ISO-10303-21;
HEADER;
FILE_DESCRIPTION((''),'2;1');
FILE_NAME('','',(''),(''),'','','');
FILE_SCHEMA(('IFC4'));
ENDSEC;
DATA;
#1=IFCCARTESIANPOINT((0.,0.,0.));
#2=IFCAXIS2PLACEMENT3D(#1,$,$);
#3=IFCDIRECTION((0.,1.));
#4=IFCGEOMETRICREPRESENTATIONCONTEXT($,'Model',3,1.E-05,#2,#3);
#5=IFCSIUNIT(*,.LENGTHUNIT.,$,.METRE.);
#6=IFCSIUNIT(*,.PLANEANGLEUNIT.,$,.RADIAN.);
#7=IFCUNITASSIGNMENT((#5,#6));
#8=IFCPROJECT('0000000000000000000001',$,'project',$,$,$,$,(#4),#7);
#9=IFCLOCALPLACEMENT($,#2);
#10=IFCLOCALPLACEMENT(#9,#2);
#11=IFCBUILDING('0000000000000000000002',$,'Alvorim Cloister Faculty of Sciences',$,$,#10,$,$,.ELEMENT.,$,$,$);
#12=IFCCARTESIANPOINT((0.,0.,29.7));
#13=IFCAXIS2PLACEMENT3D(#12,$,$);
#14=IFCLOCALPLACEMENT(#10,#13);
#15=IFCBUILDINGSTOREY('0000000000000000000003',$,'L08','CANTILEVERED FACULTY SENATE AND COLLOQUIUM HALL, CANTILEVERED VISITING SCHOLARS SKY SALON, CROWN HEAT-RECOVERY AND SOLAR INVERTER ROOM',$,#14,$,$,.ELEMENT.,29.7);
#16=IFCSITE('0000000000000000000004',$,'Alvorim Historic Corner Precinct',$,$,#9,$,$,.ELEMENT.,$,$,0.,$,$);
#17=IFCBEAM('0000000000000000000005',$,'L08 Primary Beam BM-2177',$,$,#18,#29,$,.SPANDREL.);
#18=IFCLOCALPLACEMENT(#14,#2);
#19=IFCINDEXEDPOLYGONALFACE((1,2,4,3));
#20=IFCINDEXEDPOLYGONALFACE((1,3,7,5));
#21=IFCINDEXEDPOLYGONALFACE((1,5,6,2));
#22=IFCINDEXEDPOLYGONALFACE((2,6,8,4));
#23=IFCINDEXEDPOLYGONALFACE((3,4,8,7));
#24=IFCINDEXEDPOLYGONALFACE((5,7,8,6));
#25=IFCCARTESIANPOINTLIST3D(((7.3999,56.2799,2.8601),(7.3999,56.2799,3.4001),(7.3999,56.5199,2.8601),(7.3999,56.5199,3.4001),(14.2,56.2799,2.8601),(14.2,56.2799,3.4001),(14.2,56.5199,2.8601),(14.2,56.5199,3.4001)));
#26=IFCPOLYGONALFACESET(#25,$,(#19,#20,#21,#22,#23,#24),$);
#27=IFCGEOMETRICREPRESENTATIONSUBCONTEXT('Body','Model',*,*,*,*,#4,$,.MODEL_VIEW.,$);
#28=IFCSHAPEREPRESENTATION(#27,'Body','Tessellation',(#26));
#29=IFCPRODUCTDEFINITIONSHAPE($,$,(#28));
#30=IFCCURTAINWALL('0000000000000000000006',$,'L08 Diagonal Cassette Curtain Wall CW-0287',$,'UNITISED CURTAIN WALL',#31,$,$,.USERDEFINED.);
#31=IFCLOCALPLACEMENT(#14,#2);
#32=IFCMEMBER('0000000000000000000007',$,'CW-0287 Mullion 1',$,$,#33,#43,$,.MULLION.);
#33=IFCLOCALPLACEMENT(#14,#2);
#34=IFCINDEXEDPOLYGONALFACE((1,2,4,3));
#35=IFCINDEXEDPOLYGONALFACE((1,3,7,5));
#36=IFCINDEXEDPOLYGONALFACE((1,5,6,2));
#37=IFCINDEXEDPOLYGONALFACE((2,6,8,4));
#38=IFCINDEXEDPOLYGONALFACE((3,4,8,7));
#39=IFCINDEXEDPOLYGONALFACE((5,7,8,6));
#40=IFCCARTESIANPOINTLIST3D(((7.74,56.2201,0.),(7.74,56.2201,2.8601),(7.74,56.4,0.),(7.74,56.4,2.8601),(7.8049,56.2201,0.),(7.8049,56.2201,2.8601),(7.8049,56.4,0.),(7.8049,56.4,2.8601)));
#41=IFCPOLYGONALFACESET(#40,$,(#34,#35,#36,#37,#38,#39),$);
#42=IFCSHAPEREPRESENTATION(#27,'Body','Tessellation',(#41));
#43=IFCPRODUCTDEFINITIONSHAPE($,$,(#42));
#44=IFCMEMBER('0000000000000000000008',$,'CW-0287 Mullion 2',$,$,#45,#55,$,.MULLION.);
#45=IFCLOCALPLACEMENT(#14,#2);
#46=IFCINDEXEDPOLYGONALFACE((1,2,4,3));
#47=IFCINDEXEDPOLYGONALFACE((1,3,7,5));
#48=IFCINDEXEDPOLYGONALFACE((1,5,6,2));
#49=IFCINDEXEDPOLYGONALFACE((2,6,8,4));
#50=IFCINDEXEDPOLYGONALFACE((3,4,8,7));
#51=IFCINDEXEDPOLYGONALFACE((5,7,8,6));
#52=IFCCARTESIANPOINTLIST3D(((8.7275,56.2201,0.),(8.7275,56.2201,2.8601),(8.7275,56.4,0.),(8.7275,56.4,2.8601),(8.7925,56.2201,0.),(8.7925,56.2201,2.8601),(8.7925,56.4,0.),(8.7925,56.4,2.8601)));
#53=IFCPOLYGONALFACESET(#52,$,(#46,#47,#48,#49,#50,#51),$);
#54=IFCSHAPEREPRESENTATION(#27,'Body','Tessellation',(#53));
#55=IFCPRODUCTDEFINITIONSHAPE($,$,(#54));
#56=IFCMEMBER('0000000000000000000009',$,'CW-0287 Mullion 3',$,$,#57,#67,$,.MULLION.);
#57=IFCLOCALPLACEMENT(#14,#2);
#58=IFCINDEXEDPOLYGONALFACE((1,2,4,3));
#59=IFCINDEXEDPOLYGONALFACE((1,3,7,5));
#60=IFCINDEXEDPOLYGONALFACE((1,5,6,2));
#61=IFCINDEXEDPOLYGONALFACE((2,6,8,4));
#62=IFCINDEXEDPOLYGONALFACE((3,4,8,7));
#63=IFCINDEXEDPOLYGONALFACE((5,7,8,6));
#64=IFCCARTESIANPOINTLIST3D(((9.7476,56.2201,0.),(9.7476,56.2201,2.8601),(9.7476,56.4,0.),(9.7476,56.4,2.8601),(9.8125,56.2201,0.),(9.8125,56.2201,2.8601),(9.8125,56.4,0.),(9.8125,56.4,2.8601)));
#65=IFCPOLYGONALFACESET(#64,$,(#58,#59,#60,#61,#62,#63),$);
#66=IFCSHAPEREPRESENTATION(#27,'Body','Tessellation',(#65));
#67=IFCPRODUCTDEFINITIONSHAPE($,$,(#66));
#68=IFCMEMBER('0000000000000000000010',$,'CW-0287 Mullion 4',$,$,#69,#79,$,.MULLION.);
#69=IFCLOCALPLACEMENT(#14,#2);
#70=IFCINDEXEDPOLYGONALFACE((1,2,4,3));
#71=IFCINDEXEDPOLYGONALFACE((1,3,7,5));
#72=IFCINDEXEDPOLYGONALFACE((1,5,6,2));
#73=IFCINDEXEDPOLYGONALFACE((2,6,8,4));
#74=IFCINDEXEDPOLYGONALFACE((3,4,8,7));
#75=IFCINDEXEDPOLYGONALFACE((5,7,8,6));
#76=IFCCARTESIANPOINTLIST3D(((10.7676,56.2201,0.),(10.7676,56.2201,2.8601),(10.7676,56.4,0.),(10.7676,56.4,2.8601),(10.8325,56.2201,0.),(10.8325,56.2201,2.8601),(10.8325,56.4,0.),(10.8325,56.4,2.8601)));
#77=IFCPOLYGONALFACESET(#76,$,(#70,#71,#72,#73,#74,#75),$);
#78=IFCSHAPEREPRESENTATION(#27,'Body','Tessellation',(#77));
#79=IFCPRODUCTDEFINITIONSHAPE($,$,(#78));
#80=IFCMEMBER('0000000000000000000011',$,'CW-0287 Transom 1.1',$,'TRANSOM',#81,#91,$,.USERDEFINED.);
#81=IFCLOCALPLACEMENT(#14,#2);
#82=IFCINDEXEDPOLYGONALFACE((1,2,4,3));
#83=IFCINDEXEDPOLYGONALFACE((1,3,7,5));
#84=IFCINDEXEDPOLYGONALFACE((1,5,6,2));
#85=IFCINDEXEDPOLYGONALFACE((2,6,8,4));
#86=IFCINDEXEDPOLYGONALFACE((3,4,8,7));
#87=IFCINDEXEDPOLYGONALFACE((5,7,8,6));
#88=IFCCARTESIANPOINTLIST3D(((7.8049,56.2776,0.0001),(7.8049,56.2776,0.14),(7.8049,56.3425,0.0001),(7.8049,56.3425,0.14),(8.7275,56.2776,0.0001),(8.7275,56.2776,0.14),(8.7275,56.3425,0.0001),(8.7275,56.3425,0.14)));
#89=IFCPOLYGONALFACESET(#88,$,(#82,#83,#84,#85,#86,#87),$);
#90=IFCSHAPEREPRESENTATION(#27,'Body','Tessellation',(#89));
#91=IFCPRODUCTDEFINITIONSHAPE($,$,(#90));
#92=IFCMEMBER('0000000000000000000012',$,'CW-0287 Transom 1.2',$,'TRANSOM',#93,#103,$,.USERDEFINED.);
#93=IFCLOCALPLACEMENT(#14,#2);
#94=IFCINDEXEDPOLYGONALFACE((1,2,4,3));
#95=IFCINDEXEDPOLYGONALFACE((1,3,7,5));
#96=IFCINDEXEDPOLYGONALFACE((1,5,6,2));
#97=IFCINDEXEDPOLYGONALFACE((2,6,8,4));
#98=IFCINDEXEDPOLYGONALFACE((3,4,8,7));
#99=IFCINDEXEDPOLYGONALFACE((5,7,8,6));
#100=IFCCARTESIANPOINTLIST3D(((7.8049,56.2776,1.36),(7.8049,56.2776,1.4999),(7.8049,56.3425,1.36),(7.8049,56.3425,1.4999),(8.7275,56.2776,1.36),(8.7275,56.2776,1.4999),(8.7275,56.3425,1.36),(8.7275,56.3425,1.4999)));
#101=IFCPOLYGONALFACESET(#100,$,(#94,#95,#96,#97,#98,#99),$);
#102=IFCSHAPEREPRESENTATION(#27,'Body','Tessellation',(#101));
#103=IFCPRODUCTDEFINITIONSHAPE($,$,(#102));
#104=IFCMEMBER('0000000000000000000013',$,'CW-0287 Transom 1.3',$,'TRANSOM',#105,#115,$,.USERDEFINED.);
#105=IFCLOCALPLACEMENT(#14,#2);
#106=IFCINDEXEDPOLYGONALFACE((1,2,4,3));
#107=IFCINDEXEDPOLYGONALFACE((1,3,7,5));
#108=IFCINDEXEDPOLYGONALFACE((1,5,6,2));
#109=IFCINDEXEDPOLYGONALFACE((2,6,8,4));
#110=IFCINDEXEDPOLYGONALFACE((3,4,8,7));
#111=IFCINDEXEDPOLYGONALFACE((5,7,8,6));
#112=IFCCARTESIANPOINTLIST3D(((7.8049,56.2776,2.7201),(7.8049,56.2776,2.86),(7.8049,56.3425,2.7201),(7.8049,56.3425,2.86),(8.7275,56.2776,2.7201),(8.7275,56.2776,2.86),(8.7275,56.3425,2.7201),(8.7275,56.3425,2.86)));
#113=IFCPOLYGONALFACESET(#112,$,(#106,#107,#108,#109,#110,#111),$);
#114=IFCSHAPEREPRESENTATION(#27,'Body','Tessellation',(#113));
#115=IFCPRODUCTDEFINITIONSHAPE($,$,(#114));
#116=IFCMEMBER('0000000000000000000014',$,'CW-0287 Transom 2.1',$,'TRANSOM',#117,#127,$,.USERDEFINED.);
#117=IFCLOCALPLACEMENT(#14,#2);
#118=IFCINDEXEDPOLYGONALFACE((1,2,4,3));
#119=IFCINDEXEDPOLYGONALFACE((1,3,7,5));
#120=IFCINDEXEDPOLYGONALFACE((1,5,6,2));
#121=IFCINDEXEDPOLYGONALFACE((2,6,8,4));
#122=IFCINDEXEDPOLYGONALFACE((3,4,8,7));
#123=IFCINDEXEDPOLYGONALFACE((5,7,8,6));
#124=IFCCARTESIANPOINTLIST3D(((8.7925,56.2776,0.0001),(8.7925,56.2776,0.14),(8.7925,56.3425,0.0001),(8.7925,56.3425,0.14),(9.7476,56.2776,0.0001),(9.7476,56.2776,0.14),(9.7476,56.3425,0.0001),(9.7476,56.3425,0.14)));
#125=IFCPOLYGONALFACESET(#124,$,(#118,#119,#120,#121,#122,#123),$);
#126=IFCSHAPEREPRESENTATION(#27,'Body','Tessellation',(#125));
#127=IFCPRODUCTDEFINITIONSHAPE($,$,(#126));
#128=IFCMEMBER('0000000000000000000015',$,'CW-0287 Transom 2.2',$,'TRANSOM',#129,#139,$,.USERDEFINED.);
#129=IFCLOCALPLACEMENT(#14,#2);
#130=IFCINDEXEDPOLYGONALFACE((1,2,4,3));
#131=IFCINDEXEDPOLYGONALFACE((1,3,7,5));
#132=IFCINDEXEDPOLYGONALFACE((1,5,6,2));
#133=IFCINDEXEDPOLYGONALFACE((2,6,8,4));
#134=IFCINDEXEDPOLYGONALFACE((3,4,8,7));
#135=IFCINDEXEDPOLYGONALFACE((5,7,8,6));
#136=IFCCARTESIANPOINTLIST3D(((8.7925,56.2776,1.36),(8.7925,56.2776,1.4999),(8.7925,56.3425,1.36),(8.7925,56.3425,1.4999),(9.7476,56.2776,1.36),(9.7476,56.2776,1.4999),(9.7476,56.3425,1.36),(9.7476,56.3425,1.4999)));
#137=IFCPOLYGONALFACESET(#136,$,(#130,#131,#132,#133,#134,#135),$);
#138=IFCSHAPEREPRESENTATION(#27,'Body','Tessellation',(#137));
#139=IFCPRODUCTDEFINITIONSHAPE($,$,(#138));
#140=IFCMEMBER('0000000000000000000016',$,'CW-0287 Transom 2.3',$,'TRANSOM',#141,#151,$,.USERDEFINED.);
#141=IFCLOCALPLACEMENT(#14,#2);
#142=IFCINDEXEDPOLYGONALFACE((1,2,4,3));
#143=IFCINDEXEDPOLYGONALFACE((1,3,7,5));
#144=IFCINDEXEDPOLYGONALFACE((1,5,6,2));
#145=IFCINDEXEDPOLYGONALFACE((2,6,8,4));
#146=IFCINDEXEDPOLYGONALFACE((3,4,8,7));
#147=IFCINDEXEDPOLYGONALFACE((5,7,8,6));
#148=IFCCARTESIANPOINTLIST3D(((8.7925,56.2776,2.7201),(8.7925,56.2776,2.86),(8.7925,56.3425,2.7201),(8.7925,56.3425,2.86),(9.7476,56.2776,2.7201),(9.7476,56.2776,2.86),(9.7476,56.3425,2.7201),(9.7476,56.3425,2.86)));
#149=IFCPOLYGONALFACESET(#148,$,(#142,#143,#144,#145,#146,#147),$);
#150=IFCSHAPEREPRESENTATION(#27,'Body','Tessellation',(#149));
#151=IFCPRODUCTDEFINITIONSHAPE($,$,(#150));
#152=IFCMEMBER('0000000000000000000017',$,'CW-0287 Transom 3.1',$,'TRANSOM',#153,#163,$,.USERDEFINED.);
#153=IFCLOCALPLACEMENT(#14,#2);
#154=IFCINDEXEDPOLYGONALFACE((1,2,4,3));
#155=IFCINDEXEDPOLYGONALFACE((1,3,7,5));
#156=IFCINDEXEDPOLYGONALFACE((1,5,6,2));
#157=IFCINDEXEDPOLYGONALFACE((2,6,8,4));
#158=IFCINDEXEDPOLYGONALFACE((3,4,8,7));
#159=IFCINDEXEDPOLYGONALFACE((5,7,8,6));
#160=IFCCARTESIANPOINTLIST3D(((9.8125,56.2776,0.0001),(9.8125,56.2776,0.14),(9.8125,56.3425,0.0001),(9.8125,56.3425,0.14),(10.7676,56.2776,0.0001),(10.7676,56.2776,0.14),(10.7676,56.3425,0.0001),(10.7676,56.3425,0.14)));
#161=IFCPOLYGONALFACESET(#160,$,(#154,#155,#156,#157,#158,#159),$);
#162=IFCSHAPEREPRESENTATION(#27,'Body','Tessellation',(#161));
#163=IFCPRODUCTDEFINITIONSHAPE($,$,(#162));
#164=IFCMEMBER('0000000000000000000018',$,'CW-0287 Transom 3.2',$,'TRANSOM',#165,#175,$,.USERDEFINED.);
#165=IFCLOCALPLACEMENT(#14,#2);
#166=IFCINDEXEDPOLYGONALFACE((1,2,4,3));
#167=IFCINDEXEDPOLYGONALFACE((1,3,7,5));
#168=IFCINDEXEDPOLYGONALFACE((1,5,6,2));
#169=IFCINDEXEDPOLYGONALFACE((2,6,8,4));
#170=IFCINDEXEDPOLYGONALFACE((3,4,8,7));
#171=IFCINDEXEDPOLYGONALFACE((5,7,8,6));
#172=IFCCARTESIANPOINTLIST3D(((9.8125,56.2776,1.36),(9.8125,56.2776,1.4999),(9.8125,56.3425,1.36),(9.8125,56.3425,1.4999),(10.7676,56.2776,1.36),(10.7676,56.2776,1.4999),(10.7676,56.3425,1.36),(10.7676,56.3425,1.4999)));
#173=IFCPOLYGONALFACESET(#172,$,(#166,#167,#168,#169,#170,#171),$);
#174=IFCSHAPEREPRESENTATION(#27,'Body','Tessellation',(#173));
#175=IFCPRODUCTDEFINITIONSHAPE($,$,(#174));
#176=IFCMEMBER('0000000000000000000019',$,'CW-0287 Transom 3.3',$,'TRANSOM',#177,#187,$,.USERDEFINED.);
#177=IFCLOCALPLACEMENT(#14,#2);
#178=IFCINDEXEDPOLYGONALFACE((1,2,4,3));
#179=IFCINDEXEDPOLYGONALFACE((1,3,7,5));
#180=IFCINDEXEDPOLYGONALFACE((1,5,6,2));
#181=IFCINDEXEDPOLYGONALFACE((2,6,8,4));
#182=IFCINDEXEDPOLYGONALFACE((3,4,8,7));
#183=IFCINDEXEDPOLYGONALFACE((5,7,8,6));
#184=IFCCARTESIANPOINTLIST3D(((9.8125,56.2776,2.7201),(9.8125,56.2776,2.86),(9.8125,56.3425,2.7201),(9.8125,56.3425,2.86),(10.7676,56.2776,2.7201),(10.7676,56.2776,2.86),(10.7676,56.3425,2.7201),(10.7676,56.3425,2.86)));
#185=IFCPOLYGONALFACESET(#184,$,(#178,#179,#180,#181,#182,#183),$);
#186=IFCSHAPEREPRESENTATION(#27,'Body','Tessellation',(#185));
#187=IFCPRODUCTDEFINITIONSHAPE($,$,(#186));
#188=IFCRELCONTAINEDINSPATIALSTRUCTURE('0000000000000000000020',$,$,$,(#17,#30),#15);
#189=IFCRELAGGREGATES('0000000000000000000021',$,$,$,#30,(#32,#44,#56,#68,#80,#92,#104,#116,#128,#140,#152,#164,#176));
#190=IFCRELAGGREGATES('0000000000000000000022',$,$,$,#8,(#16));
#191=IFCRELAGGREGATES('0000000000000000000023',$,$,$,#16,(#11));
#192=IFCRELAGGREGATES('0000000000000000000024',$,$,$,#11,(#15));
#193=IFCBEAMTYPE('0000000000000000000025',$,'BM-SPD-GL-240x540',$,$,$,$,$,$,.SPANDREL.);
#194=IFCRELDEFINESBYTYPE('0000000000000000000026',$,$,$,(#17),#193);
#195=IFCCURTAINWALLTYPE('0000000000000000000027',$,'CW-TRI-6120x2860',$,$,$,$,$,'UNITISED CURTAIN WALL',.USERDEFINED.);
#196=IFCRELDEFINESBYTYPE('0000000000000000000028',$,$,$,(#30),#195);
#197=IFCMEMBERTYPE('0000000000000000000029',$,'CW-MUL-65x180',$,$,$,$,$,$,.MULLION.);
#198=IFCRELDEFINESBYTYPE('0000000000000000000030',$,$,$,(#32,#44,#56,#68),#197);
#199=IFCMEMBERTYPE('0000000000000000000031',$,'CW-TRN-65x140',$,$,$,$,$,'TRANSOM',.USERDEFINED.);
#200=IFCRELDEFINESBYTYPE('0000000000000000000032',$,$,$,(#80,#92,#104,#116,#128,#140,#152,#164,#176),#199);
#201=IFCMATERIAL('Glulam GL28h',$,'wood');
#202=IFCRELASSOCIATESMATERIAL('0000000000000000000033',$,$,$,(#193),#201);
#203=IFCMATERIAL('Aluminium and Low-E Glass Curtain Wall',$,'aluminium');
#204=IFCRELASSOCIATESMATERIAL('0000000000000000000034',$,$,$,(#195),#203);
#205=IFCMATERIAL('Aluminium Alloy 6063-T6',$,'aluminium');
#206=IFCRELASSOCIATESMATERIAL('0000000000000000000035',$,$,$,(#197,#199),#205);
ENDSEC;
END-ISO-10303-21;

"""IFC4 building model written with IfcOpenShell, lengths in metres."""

from ifc_helpers import new_model, si_unit, direction, frame, origin, origin_2d, place, context, subcontext, project, spatial, rectangle, extrude, material, material_profile, profile_set, type_object, element, aggregate, save


model = new_model("IFC4")

# Units and contexts
model_context = context("Model", 3, precision=1e-05, world=origin(), true_north=direction((0.0, 1.0)))
body_context = subcontext(model_context, "Body", "Model", "MODEL_VIEW")
ifc_project = project(units=[si_unit("LENGTHUNIT", "METRE"), si_unit("PLANEANGLEUNIT", "RADIAN")], contexts=[model_context])

# Site, building, storey
site_placement = place(None, origin())
site = spatial("IfcSite", under=ifc_project, at=site_placement, Name="Alvorim Historic Corner Precinct", CompositionType="ELEMENT", RefElevation=0.0)
building_placement = place(site_placement, origin())
building = spatial("IfcBuilding", under=site, at=building_placement, Name="Alvorim Cloister Faculty of Sciences", CompositionType="ELEMENT")
storey_placement = place(building_placement, frame((0.0, 0.0, 29.7)))
storey = spatial("IfcBuildingStorey", under=building, at=storey_placement, Name="L08", Description="CANTILEVERED FACULTY SENATE AND COLLOQUIUM HALL, CANTILEVERED VISITING SCHOLARS SKY SALON, CROWN HEAT-RECOVERY AND SOLAR INVERTER ROOM", CompositionType="ELEMENT", Elevation=29.7)

# Beam
ifc_material_1 = material(Name="Glulam GL28h", Category="wood")
ifc_material_profile_1 = material_profile(ifc_material_1, rectangle(XDim=0.24, YDim=0.54, at=origin_2d()), Name="GL28-SPD-240x540")
ifc_profile_set_1 = profile_set([ifc_material_profile_1], Name="Glulam GL28h")
beam_type = type_object("IfcBeamType", Name="BM-SPD-GL-240x540", PredefinedType="SPANDREL", material=ifc_profile_set_1)
beam_placement = place(storey_placement, frame((7.3999, 56.3999, 3.1301), z_axis=(1.0, 0.0, 0.0), x_axis=(0.0, 1.0, 0.0)))
element("IfcBeam", 1, at=beam_placement, inside=storey, type_object=beam_type, Name="L08 Primary Beam BM-2177", PredefinedType="SPANDREL", context=body_context, shape_type="SweptSolid", body=[
    extrude(rectangle(XDim=0.24, YDim=0.54, at=origin_2d()), origin(), (0.0, 0.0, 1.0), 6.8),
])

# Curtain wall, members
ifc_material_2 = material(Name="Aluminium and Low-E Glass Curtain Wall", Category="aluminium")
curtain_wall_type = type_object("IfcCurtainWallType", Name="CW-TRI-6120x2860", ElementType="UNITISED CURTAIN WALL", PredefinedType="USERDEFINED", material=ifc_material_2)
curtain_wall_placement = place(storey_placement, origin())
curtain_wall = element("IfcCurtainWall", 2, at=curtain_wall_placement, inside=storey, type_object=curtain_wall_type, Name="L08 Diagonal Cassette Curtain Wall CW-0287", ObjectType="UNITISED CURTAIN WALL", PredefinedType="USERDEFINED")
ifc_material_3 = material(Name="Aluminium Alloy 6063-T6", Category="aluminium")
ifc_material_profile_2 = material_profile(ifc_material_3, rectangle(XDim=0.0649, YDim=0.1799, at=origin_2d()), Name="ALU-MUL-65x180")
ifc_profile_set_2 = profile_set([ifc_material_profile_2], Name="Aluminium Alloy 6063-T6")
member_type_1 = type_object("IfcMemberType", Name="CW-MUL-65x180", PredefinedType="MULLION", material=ifc_profile_set_2)
member_1_placement = place(storey_placement, frame((7.7725, 56.3101, 0.0), z_axis=(0.0, 0.0, 1.0), x_axis=(1.0, 0.0, 0.0)))
member_1 = element("IfcMember", 3, at=member_1_placement, type_object=member_type_1, Name="CW-0287 Mullion 1", PredefinedType="MULLION", context=body_context, shape_type="SweptSolid", body=[
    extrude(rectangle(XDim=0.0649, YDim=0.1799, at=origin_2d()), origin(), (0.0, 0.0, 1.0), 2.8601),
])
member_2_placement = place(storey_placement, frame((8.76, 56.3101, 0.0), z_axis=(0.0, 0.0, 1.0), x_axis=(1.0, 0.0, 0.0)))
member_2 = element("IfcMember", 4, at=member_2_placement, type_object=member_type_1, Name="CW-0287 Mullion 2", PredefinedType="MULLION", context=body_context, shape_type="SweptSolid", body=[
    extrude(rectangle(XDim=0.0649, YDim=0.1799, at=origin_2d()), origin(), (0.0, 0.0, 1.0), 2.8601),
])
member_3_placement = place(storey_placement, frame((9.78, 56.3101, 0.0), z_axis=(0.0, 0.0, 1.0), x_axis=(1.0, 0.0, 0.0)))
member_3 = element("IfcMember", 5, at=member_3_placement, type_object=member_type_1, Name="CW-0287 Mullion 3", PredefinedType="MULLION", context=body_context, shape_type="SweptSolid", body=[
    extrude(rectangle(XDim=0.0649, YDim=0.1799, at=origin_2d()), origin(), (0.0, 0.0, 1.0), 2.8601),
])
member_4_placement = place(storey_placement, frame((10.8, 56.3101, 0.0), z_axis=(0.0, 0.0, 1.0), x_axis=(1.0, 0.0, 0.0)))
member_4 = element("IfcMember", 6, at=member_4_placement, type_object=member_type_1, Name="CW-0287 Mullion 4", PredefinedType="MULLION", context=body_context, shape_type="SweptSolid", body=[
    extrude(rectangle(XDim=0.0649, YDim=0.1799, at=origin_2d()), origin(), (0.0, 0.0, 1.0), 2.8601),
])
ifc_material_profile_3 = material_profile(ifc_material_3, rectangle(XDim=0.0649, YDim=0.1399, at=origin_2d()), Name="ALU-TRN-65x140")
ifc_profile_set_3 = profile_set([ifc_material_profile_3], Name="Aluminium Alloy 6063-T6")
member_type_2 = type_object("IfcMemberType", Name="CW-TRN-65x140", ElementType="TRANSOM", PredefinedType="USERDEFINED", material=ifc_profile_set_3)
member_5_placement = place(storey_placement, frame((7.8049, 56.3101, 0.0701), z_axis=(1.0, 0.0, 0.0), x_axis=(0.0, 1.0, 0.0)))
member_5 = element("IfcMember", 7, at=member_5_placement, type_object=member_type_2, Name="CW-0287 Transom 1.1", ObjectType="TRANSOM", PredefinedType="USERDEFINED", context=body_context, shape_type="SweptSolid", body=[
    extrude(rectangle(XDim=0.0649, YDim=0.1399, at=origin_2d()), origin(), (0.0, 0.0, 1.0), 0.9226),
])
member_6_placement = place(storey_placement, frame((7.8049, 56.3101, 1.4299), z_axis=(1.0, 0.0, 0.0), x_axis=(0.0, 1.0, 0.0)))
member_6 = element("IfcMember", 8, at=member_6_placement, type_object=member_type_2, Name="CW-0287 Transom 1.2", ObjectType="TRANSOM", PredefinedType="USERDEFINED", context=body_context, shape_type="SweptSolid", body=[
    extrude(rectangle(XDim=0.0649, YDim=0.1399, at=origin_2d()), origin(), (0.0, 0.0, 1.0), 0.9226),
])
member_7_placement = place(storey_placement, frame((7.8049, 56.3101, 2.79), z_axis=(1.0, 0.0, 0.0), x_axis=(0.0, 1.0, 0.0)))
member_7 = element("IfcMember", 9, at=member_7_placement, type_object=member_type_2, Name="CW-0287 Transom 1.3", ObjectType="TRANSOM", PredefinedType="USERDEFINED", context=body_context, shape_type="SweptSolid", body=[
    extrude(rectangle(XDim=0.0649, YDim=0.1399, at=origin_2d()), origin(), (0.0, 0.0, 1.0), 0.9226),
])
member_8_placement = place(storey_placement, frame((8.7925, 56.3101, 0.0701), z_axis=(1.0, 0.0, 0.0), x_axis=(0.0, 1.0, 0.0)))
member_8 = element("IfcMember", 10, at=member_8_placement, type_object=member_type_2, Name="CW-0287 Transom 2.1", ObjectType="TRANSOM", PredefinedType="USERDEFINED", context=body_context, shape_type="SweptSolid", body=[
    extrude(rectangle(XDim=0.0649, YDim=0.1399, at=origin_2d()), origin(), (0.0, 0.0, 1.0), 0.9551),
])
member_9_placement = place(storey_placement, frame((8.7925, 56.3101, 1.4299), z_axis=(1.0, 0.0, 0.0), x_axis=(0.0, 1.0, 0.0)))
member_9 = element("IfcMember", 11, at=member_9_placement, type_object=member_type_2, Name="CW-0287 Transom 2.2", ObjectType="TRANSOM", PredefinedType="USERDEFINED", context=body_context, shape_type="SweptSolid", body=[
    extrude(rectangle(XDim=0.0649, YDim=0.1399, at=origin_2d()), origin(), (0.0, 0.0, 1.0), 0.9551),
])
member_10_placement = place(storey_placement, frame((8.7925, 56.3101, 2.79), z_axis=(1.0, 0.0, 0.0), x_axis=(0.0, 1.0, 0.0)))
member_10 = element("IfcMember", 12, at=member_10_placement, type_object=member_type_2, Name="CW-0287 Transom 2.3", ObjectType="TRANSOM", PredefinedType="USERDEFINED", context=body_context, shape_type="SweptSolid", body=[
    extrude(rectangle(XDim=0.0649, YDim=0.1399, at=origin_2d()), origin(), (0.0, 0.0, 1.0), 0.9551),
])
member_11_placement = place(storey_placement, frame((9.8125, 56.3101, 0.0701), z_axis=(1.0, 0.0, 0.0), x_axis=(0.0, 1.0, 0.0)))
member_11 = element("IfcMember", 13, at=member_11_placement, type_object=member_type_2, Name="CW-0287 Transom 3.1", ObjectType="TRANSOM", PredefinedType="USERDEFINED", context=body_context, shape_type="SweptSolid", body=[
    extrude(rectangle(XDim=0.0649, YDim=0.1399, at=origin_2d()), origin(), (0.0, 0.0, 1.0), 0.9551),
])
member_12_placement = place(storey_placement, frame((9.8125, 56.3101, 1.4299), z_axis=(1.0, 0.0, 0.0), x_axis=(0.0, 1.0, 0.0)))
member_12 = element("IfcMember", 14, at=member_12_placement, type_object=member_type_2, Name="CW-0287 Transom 3.2", ObjectType="TRANSOM", PredefinedType="USERDEFINED", context=body_context, shape_type="SweptSolid", body=[
    extrude(rectangle(XDim=0.0649, YDim=0.1399, at=origin_2d()), origin(), (0.0, 0.0, 1.0), 0.9551),
])
member_13_placement = place(storey_placement, frame((9.8125, 56.3101, 2.79), z_axis=(1.0, 0.0, 0.0), x_axis=(0.0, 1.0, 0.0)))
member_13 = element("IfcMember", 15, at=member_13_placement, type_object=member_type_2, Name="CW-0287 Transom 3.3", ObjectType="TRANSOM", PredefinedType="USERDEFINED", context=body_context, shape_type="SweptSolid", body=[
    extrude(rectangle(XDim=0.0649, YDim=0.1399, at=origin_2d()), origin(), (0.0, 0.0, 1.0), 0.9551),
])
aggregate(curtain_wall, [member_1, member_2, member_3, member_4, member_5, member_6, member_7, member_8, member_9, member_10, member_11, member_12, member_13])

save(model, "model.ifc")
